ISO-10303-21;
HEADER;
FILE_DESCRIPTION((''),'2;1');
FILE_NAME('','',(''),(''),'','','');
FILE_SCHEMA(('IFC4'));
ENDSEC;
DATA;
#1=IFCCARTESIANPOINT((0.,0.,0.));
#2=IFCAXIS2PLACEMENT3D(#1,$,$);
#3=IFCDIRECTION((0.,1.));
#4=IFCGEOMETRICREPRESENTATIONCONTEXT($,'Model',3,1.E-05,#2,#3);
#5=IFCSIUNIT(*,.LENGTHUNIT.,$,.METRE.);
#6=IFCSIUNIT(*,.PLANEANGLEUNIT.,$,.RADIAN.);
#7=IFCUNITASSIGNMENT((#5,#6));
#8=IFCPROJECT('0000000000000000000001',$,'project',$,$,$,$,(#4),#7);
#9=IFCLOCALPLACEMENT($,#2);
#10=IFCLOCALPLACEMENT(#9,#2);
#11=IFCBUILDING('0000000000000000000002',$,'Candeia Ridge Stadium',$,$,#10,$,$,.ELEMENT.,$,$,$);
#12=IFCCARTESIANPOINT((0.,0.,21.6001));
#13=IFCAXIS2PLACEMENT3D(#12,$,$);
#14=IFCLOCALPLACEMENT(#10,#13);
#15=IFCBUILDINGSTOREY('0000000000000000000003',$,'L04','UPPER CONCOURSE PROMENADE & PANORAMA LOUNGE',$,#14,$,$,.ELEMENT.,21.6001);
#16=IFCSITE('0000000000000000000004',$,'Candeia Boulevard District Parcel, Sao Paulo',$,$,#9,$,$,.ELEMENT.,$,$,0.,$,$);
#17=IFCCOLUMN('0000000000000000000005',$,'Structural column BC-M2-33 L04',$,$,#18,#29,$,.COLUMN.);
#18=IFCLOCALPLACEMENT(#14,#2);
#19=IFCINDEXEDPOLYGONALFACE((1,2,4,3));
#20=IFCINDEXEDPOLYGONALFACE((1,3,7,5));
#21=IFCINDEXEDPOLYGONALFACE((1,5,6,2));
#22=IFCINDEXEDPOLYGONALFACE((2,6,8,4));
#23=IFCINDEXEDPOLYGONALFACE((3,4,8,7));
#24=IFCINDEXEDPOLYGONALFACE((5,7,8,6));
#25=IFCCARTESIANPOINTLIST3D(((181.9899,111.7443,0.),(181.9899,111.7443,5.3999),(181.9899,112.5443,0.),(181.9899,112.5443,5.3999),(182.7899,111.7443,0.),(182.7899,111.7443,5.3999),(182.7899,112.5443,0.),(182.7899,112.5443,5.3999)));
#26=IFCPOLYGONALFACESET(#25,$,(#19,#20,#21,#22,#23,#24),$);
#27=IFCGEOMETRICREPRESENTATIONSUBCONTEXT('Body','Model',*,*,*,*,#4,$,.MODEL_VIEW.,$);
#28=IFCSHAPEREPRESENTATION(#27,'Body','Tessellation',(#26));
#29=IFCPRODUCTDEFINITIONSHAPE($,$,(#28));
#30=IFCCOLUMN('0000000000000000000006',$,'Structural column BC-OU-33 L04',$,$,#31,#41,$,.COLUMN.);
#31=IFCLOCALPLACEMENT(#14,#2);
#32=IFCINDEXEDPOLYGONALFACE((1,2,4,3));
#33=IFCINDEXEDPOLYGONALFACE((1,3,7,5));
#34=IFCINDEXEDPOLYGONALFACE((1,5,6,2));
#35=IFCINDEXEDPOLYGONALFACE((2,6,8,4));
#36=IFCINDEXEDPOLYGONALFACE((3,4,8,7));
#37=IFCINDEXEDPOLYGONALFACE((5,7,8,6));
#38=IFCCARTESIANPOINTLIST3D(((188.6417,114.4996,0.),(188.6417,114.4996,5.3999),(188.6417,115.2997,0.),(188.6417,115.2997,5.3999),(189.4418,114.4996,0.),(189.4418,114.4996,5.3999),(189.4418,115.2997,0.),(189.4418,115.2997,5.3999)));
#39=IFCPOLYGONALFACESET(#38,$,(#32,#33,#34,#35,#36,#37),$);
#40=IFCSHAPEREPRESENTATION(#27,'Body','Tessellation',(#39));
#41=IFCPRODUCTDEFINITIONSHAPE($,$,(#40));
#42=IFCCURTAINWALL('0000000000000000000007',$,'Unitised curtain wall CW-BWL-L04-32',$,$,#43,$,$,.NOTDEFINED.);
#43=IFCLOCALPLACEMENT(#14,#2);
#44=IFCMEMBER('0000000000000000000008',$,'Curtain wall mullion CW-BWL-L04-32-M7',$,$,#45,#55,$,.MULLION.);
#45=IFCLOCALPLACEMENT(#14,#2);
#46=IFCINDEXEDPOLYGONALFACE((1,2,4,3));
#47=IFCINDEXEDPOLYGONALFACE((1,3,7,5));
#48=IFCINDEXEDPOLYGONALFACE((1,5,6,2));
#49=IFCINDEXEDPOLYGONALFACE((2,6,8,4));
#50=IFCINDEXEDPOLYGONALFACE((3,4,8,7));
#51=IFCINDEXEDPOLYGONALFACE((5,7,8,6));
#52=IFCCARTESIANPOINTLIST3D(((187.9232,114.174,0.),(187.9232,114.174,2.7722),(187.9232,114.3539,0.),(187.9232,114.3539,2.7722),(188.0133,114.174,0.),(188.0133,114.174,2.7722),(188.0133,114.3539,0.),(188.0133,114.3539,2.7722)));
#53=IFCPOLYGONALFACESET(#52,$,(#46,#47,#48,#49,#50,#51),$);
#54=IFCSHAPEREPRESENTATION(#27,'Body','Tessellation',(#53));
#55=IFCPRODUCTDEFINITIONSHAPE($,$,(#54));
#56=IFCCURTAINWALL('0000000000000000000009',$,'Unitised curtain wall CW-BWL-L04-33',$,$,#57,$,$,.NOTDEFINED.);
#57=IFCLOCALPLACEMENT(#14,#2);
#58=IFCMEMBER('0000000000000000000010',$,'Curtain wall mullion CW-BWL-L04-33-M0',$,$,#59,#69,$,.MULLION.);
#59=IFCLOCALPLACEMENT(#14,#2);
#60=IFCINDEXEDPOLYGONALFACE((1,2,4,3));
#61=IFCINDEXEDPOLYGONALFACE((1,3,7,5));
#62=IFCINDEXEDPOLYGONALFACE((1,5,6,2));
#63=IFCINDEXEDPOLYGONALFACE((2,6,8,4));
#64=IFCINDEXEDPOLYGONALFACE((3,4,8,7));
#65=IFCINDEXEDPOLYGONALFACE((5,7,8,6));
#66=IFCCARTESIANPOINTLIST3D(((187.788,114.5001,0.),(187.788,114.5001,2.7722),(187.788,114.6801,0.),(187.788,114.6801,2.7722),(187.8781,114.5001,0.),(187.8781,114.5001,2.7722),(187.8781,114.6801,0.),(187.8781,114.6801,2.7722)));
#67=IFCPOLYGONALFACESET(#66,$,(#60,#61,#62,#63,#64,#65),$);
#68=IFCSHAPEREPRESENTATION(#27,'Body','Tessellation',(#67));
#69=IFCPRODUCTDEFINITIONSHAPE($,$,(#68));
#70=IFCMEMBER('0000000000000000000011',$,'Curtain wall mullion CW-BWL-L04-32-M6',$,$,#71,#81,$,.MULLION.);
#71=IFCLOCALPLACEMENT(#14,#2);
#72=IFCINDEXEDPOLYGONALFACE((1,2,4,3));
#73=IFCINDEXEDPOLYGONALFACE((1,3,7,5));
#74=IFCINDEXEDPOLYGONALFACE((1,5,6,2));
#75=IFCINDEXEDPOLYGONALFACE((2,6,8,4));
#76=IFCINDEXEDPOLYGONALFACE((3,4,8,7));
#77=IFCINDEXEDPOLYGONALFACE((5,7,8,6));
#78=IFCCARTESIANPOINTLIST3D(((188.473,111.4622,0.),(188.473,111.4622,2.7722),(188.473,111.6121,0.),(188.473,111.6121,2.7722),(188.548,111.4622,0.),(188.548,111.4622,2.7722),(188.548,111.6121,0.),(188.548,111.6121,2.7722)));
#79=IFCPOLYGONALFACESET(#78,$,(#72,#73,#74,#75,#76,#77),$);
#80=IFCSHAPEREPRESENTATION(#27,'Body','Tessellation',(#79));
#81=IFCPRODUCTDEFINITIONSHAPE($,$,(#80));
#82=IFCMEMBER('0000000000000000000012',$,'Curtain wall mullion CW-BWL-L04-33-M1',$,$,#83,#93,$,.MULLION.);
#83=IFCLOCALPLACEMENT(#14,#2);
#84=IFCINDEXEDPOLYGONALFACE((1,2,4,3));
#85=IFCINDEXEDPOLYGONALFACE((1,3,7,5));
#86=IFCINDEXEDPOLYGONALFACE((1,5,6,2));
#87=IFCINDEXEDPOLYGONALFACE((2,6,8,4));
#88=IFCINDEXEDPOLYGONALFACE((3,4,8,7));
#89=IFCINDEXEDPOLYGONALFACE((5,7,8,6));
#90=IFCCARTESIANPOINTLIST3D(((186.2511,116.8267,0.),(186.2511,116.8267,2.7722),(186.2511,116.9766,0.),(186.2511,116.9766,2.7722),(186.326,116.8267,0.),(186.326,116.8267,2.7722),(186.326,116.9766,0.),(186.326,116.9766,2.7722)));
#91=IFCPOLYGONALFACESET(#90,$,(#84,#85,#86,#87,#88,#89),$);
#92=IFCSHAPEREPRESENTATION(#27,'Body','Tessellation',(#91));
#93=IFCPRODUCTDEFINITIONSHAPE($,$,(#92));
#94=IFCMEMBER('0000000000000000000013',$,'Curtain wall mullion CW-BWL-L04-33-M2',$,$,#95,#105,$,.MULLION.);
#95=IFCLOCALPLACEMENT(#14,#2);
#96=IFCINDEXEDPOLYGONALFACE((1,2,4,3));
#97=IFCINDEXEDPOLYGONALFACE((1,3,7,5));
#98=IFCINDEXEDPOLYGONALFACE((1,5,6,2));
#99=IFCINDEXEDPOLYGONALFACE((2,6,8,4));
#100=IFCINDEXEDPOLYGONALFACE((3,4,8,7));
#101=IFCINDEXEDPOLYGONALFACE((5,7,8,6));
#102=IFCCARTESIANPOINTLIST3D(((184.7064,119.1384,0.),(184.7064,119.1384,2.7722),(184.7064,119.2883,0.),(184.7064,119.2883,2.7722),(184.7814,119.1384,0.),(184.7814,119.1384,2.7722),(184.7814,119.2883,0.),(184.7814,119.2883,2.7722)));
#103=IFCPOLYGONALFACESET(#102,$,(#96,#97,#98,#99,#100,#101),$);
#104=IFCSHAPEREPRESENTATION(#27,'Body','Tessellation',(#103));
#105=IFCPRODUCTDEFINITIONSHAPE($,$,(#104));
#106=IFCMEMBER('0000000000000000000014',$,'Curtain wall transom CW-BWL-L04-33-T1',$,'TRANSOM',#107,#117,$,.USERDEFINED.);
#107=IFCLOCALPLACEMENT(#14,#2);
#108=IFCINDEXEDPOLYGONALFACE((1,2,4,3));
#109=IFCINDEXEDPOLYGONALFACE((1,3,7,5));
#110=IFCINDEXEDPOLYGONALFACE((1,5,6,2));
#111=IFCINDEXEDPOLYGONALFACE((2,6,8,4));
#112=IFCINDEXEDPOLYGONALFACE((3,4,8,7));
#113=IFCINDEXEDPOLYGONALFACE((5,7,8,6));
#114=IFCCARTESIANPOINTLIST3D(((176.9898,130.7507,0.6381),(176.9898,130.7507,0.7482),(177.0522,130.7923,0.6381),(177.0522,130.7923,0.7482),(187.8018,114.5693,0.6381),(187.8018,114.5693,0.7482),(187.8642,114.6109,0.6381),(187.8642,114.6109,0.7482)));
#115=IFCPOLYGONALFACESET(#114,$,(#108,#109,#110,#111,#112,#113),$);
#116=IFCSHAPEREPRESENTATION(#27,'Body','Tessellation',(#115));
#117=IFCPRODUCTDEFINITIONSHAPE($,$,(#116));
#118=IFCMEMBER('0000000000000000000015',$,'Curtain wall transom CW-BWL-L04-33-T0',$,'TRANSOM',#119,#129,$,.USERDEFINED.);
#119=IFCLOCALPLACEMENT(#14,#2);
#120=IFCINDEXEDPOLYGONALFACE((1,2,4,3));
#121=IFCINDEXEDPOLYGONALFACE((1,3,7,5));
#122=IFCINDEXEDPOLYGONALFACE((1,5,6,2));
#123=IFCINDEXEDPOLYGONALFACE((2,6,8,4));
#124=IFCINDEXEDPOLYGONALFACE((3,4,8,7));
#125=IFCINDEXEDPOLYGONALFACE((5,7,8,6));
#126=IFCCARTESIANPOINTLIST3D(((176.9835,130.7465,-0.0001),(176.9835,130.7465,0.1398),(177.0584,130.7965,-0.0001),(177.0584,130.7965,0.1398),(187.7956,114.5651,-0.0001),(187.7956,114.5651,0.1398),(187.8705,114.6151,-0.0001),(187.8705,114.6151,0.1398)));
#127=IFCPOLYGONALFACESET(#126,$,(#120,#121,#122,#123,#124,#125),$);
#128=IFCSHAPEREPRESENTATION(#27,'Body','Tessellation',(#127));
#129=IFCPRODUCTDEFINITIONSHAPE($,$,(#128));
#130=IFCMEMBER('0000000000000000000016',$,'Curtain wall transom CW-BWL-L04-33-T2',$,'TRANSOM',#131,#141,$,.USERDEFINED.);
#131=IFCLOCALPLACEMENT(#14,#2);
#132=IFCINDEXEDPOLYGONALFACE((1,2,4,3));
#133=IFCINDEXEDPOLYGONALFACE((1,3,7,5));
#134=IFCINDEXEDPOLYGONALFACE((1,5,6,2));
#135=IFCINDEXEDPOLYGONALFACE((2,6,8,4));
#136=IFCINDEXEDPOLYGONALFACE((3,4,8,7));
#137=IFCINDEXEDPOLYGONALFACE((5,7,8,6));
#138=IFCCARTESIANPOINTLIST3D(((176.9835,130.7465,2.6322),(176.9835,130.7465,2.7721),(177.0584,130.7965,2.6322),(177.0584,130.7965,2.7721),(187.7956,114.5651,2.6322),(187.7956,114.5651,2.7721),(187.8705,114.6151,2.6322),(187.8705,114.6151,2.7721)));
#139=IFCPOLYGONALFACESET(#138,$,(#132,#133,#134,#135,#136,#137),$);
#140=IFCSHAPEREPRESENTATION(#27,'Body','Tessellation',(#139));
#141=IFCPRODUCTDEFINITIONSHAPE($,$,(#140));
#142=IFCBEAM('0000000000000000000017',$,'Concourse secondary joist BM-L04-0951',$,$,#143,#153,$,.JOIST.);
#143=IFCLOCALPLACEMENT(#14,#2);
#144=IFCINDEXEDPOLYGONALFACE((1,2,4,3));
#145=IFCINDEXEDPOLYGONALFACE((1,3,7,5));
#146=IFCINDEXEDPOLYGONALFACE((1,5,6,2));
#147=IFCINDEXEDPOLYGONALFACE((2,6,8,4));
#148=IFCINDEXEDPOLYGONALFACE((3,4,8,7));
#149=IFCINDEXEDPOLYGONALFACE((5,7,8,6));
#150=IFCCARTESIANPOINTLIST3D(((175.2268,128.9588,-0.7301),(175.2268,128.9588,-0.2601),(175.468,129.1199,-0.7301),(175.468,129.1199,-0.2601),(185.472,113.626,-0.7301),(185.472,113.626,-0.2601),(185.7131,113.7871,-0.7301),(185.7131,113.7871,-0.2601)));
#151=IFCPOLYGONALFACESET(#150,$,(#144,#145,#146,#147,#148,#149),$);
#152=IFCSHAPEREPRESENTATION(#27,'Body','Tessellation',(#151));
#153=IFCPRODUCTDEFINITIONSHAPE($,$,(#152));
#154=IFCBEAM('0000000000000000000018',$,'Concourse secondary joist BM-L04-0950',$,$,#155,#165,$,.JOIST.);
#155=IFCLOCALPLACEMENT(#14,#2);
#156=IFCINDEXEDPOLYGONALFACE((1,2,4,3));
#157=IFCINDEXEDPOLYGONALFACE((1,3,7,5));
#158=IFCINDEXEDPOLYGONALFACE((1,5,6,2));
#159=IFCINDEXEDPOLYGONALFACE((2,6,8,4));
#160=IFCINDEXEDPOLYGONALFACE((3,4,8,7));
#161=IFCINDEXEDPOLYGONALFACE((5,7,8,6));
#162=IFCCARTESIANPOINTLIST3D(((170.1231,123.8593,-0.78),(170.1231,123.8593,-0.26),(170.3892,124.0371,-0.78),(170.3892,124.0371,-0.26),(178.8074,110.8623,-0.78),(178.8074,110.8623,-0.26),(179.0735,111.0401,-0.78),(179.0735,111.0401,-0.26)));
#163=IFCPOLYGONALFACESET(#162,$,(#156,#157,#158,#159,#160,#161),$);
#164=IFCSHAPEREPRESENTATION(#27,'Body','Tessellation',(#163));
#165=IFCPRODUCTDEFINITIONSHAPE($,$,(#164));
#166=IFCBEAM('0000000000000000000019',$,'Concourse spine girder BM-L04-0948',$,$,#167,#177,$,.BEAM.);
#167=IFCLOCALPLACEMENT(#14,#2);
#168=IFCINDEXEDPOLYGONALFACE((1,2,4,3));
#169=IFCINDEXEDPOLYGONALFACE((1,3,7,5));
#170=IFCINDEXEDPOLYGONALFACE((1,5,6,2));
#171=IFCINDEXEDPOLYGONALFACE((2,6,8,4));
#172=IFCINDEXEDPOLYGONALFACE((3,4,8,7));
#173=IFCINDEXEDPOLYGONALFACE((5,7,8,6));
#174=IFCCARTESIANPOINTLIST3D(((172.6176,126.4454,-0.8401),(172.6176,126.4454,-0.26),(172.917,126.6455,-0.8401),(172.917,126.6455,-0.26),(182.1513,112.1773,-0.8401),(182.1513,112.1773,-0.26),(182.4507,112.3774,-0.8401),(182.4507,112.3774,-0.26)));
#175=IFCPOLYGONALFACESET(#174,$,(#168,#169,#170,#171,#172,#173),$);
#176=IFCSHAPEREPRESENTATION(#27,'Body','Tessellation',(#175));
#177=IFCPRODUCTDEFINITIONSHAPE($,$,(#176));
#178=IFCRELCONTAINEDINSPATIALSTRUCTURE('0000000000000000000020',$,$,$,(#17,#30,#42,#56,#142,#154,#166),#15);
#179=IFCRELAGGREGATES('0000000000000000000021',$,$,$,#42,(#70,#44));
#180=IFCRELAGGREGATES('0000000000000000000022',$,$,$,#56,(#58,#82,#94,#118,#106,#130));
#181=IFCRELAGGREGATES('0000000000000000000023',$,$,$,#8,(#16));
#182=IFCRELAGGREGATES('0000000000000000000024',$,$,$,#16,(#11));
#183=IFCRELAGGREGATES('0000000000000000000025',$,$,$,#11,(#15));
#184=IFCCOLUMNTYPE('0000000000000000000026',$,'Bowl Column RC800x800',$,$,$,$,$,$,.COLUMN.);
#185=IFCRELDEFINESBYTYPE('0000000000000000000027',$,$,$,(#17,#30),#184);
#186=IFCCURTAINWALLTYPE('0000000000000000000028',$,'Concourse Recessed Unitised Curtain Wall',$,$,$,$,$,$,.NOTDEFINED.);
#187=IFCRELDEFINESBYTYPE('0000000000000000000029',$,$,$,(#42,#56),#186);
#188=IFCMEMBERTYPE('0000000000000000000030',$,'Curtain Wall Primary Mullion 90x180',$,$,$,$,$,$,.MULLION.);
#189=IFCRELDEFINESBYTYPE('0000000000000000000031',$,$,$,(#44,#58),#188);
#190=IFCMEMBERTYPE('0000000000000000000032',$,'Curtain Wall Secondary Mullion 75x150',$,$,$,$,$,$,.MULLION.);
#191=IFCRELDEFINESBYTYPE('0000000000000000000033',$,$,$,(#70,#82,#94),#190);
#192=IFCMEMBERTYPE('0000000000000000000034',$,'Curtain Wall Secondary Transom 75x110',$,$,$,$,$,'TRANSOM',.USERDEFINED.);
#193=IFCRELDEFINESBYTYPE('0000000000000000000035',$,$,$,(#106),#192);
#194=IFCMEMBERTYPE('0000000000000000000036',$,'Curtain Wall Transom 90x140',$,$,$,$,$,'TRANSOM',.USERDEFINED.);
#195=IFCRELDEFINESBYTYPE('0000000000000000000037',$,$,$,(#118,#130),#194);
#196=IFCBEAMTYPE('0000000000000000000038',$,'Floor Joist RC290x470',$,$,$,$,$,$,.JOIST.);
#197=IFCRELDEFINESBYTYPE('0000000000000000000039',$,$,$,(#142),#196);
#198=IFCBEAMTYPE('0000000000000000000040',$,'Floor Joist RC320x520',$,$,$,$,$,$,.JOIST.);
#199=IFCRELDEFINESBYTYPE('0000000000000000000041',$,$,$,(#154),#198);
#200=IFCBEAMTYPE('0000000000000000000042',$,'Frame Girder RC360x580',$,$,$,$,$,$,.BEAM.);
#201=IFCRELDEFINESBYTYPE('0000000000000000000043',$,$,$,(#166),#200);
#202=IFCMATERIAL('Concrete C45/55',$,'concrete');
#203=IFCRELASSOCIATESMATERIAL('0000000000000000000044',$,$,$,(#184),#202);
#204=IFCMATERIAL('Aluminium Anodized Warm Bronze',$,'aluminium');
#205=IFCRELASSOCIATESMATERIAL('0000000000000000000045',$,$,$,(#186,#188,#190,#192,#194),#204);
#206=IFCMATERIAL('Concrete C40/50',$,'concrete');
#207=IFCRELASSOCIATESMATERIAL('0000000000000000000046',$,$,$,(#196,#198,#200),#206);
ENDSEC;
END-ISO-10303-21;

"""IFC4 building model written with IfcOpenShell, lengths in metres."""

from ifc_helpers import new_model, si_unit, direction, frame, origin, origin_2d, place, context, subcontext, project, spatial, rectangle, extrude, material, material_profile, profile_set, type_object, element, aggregate, save


model = new_model("IFC4")

# Units and contexts
model_context = context("Model", 3, precision=1e-05, world=origin(), true_north=direction((0.0, 1.0)))
body_context = subcontext(model_context, "Body", "Model", "MODEL_VIEW")
ifc_project = project(units=[si_unit("LENGTHUNIT", "METRE"), si_unit("PLANEANGLEUNIT", "RADIAN")], contexts=[model_context])

# Site, building, storey
site_placement = place(None, origin())
site = spatial("IfcSite", under=ifc_project, at=site_placement, Name="Candeia Boulevard District Parcel, Sao Paulo", CompositionType="ELEMENT", RefElevation=0.0)
building_placement = place(site_placement, origin())
building = spatial("IfcBuilding", under=site, at=building_placement, Name="Candeia Ridge Stadium", CompositionType="ELEMENT")
storey_placement = place(building_placement, frame((0.0, 0.0, 21.6001)))
storey = spatial("IfcBuildingStorey", under=building, at=storey_placement, Name="L04", Description="UPPER CONCOURSE PROMENADE & PANORAMA LOUNGE", CompositionType="ELEMENT", Elevation=21.6001)

# Columns
ifc_material_1 = material(Name="Concrete C45/55", Category="concrete")
ifc_material_profile_1 = material_profile(ifc_material_1, rectangle(XDim=0.8, YDim=0.8, at=origin_2d()), Name="RC800x800", Category="concrete")
ifc_profile_set_1 = profile_set([ifc_material_profile_1], Name="Concrete C45/55")
column_type = type_object("IfcColumnType", Name="Bowl Column RC800x800", PredefinedType="COLUMN", material=ifc_profile_set_1)
for number, where, z_axis, x_axis, name in (
    (1, (182.3899, 112.1443, 0.0), (0.0, 0.0, 1.0), (1.0, 0.0, 0.0), "Structural column BC-M2-33 L04"),
    (2, (189.0417, 114.8997, 0.0), (0.0, 0.0, 1.0), (1.0, 0.0, 0.0), "Structural column BC-OU-33 L04"),
):
    element("IfcColumn", number, at=place(storey_placement, frame(where, z_axis=z_axis, x_axis=x_axis)), inside=storey, type_object=column_type, Name=name, PredefinedType="COLUMN", context=body_context, shape_type="SweptSolid", body=[
        extrude(rectangle(XDim=0.8, YDim=0.8, at=origin_2d()), origin(), (0.0, 0.0, 1.0), 5.3999),
    ])

# Curtain walls, members
ifc_material_2 = material(Name="Aluminium Anodized Warm Bronze", Category="aluminium")
curtain_wall_type = type_object("IfcCurtainWallType", Name="Concourse Recessed Unitised Curtain Wall", PredefinedType="NOTDEFINED", material=ifc_material_2)
curtain_wall_1_placement = place(storey_placement, origin())
curtain_wall_1 = element("IfcCurtainWall", 3, at=curtain_wall_1_placement, inside=storey, type_object=curtain_wall_type, Name="Unitised curtain wall CW-BWL-L04-32", PredefinedType="NOTDEFINED")
ifc_material_profile_2 = material_profile(ifc_material_2, rectangle(XDim=0.0901, YDim=0.1799, at=origin_2d()), Name="CWM-90x180", Category="aluminium")
ifc_profile_set_2 = profile_set([ifc_material_profile_2], Name="Aluminium Anodized Warm Bronze")
member_type_1 = type_object("IfcMemberType", Name="Curtain Wall Primary Mullion 90x180", PredefinedType="MULLION", material=ifc_profile_set_2)
member_1_placement = place(storey_placement, frame((187.9683, 114.2639, 0.0), z_axis=(0.0, 0.0, 1.0), x_axis=(1.0, 0.0, 0.0)))
member_1 = element("IfcMember", 4, at=member_1_placement, type_object=member_type_1, Name="Curtain wall mullion CW-BWL-L04-32-M7", PredefinedType="MULLION", context=body_context, shape_type="SweptSolid", body=[
    extrude(rectangle(XDim=0.0901, YDim=0.1799, at=origin_2d()), origin(), (0.0, 0.0, 1.0), 2.7722),
])
curtain_wall_2_placement = place(storey_placement, origin())
curtain_wall_2 = element("IfcCurtainWall", 5, at=curtain_wall_2_placement, inside=storey, type_object=curtain_wall_type, Name="Unitised curtain wall CW-BWL-L04-33", PredefinedType="NOTDEFINED")
member_2_placement = place(storey_placement, frame((187.833, 114.5901, 0.0), z_axis=(0.0, 0.0, 1.0), x_axis=(1.0, 0.0, 0.0)))
member_2 = element("IfcMember", 6, at=member_2_placement, type_object=member_type_1, Name="Curtain wall mullion CW-BWL-L04-33-M0", PredefinedType="MULLION", context=body_context, shape_type="SweptSolid", body=[
    extrude(rectangle(XDim=0.0901, YDim=0.1799, at=origin_2d()), origin(), (0.0, 0.0, 1.0), 2.7722),
])

# Members
ifc_material_profile_3 = material_profile(ifc_material_2, rectangle(XDim=0.075, YDim=0.1499, at=origin_2d()), Name="CWM-75x150", Category="aluminium")
ifc_profile_set_3 = profile_set([ifc_material_profile_3], Name="Aluminium Anodized Warm Bronze")
member_type_2 = type_object("IfcMemberType", Name="Curtain Wall Secondary Mullion 75x150", PredefinedType="MULLION", material=ifc_profile_set_3)
member_3_placement = place(storey_placement, frame((188.5105, 111.5371, 0.0), z_axis=(0.0, 0.0, 1.0), x_axis=(1.0, 0.0, 0.0)))
member_3 = element("IfcMember", 7, at=member_3_placement, type_object=member_type_2, Name="Curtain wall mullion CW-BWL-L04-32-M6", PredefinedType="MULLION", context=body_context, shape_type="SweptSolid", body=[
    extrude(rectangle(XDim=0.075, YDim=0.1499, at=origin_2d()), origin(), (0.0, 0.0, 1.0), 2.7722),
])
member_4_placement = place(storey_placement, frame((186.2886, 116.9016, 0.0), z_axis=(0.0, 0.0, 1.0), x_axis=(1.0, 0.0, 0.0)))
member_4 = element("IfcMember", 8, at=member_4_placement, type_object=member_type_2, Name="Curtain wall mullion CW-BWL-L04-33-M1", PredefinedType="MULLION", context=body_context, shape_type="SweptSolid", body=[
    extrude(rectangle(XDim=0.075, YDim=0.1499, at=origin_2d()), origin(), (0.0, 0.0, 1.0), 2.7722),
])
member_5_placement = place(storey_placement, frame((184.7439, 119.2134, 0.0), z_axis=(0.0, 0.0, 1.0), x_axis=(1.0, 0.0, 0.0)))
member_5 = element("IfcMember", 9, at=member_5_placement, type_object=member_type_2, Name="Curtain wall mullion CW-BWL-L04-33-M2", PredefinedType="MULLION", context=body_context, shape_type="SweptSolid", body=[
    extrude(rectangle(XDim=0.075, YDim=0.1499, at=origin_2d()), origin(), (0.0, 0.0, 1.0), 2.7722),
])
ifc_material_profile_4 = material_profile(ifc_material_2, rectangle(XDim=0.075, YDim=0.1101, at=origin_2d()), Name="CWT-75x110", Category="aluminium")
ifc_profile_set_4 = profile_set([ifc_material_profile_4], Name="Aluminium Anodized Warm Bronze")
member_type_3 = type_object("IfcMemberType", Name="Curtain Wall Secondary Transom 75x110", ElementType="TRANSOM", PredefinedType="USERDEFINED", material=ifc_profile_set_4)
member_6_placement = place(storey_placement, frame((187.833, 114.5901, 0.6931), z_axis=(-0.555568, 0.831471, 0.0), x_axis=(-0.831471, -0.555568, 0.0)))
member_6 = element("IfcMember", 10, at=member_6_placement, type_object=member_type_3, Name="Curtain wall transom CW-BWL-L04-33-T1", ObjectType="TRANSOM", PredefinedType="USERDEFINED", context=body_context, shape_type="SweptSolid", body=[
    extrude(rectangle(XDim=0.075, YDim=0.1101, at=origin_2d()), origin(), (0.0, 0.0, 1.0), 19.4612),
])
ifc_material_profile_5 = material_profile(ifc_material_2, rectangle(XDim=0.0901, YDim=0.1399, at=origin_2d()), Name="CWT-90x140", Category="aluminium")
ifc_profile_set_5 = profile_set([ifc_material_profile_5], Name="Aluminium Anodized Warm Bronze")
member_type_4 = type_object("IfcMemberType", Name="Curtain Wall Transom 90x140", ElementType="TRANSOM", PredefinedType="USERDEFINED", material=ifc_profile_set_5)
member_7_placement = place(storey_placement, frame((187.833, 114.5901, 0.0698), z_axis=(-0.555568, 0.831471, 0.0), x_axis=(-0.831471, -0.555568, 0.0)))
member_7 = element("IfcMember", 11, at=member_7_placement, type_object=member_type_4, Name="Curtain wall transom CW-BWL-L04-33-T0", ObjectType="TRANSOM", PredefinedType="USERDEFINED", context=body_context, shape_type="SweptSolid", body=[
    extrude(rectangle(XDim=0.0901, YDim=0.1399, at=origin_2d()), origin(), (0.0, 0.0, 1.0), 19.4612),
])
member_8_placement = place(storey_placement, frame((187.833, 114.5901, 2.7021), z_axis=(-0.555568, 0.831471, 0.0), x_axis=(-0.831471, -0.555568, 0.0)))
member_8 = element("IfcMember", 12, at=member_8_placement, type_object=member_type_4, Name="Curtain wall transom CW-BWL-L04-33-T2", ObjectType="TRANSOM", PredefinedType="USERDEFINED", context=body_context, shape_type="SweptSolid", body=[
    extrude(rectangle(XDim=0.0901, YDim=0.1399, at=origin_2d()), origin(), (0.0, 0.0, 1.0), 19.4612),
])

# Beams
ifc_material_3 = material(Name="Concrete C40/50", Category="concrete")
ifc_material_profile_6 = material_profile(ifc_material_3, rectangle(XDim=0.29, YDim=0.47, at=origin_2d()), Name="RC290x470", Category="concrete")
ifc_profile_set_6 = profile_set([ifc_material_profile_6], Name="Concrete C40/50")
beam_type_1 = type_object("IfcBeamType", Name="Floor Joist RC290x470", PredefinedType="JOIST", material=ifc_profile_set_6)
beam_1_placement = place(storey_placement, frame((185.5925, 113.7065, -0.4951), z_axis=(-0.555574, 0.831467, 0.0), x_axis=(-0.831467, -0.555574, 0.0)))
element("IfcBeam", 13, at=beam_1_placement, inside=storey, type_object=beam_type_1, Name="Concourse secondary joist BM-L04-0951", PredefinedType="JOIST", context=body_context, shape_type="SweptSolid", body=[
    extrude(rectangle(XDim=0.29, YDim=0.47, at=origin_2d()), origin(), (0.0, 0.0, 1.0), 18.4407),
])
ifc_material_profile_7 = material_profile(ifc_material_3, rectangle(XDim=0.3201, YDim=0.52, at=origin_2d()), Name="RC320x520", Category="concrete")
ifc_profile_set_7 = profile_set([ifc_material_profile_7], Name="Concrete C40/50")
beam_type_2 = type_object("IfcBeamType", Name="Floor Joist RC320x520", PredefinedType="JOIST", material=ifc_profile_set_7)
beam_2_placement = place(storey_placement, frame((178.9404, 110.9512, -0.52), z_axis=(-0.555569, 0.831471, 0.0), x_axis=(-0.831471, -0.555569, 0.0)))
element("IfcBeam", 14, at=beam_2_placement, inside=storey, type_object=beam_type_2, Name="Concourse secondary joist BM-L04-0950", PredefinedType="JOIST", context=body_context, shape_type="SweptSolid", body=[
    extrude(rectangle(XDim=0.3201, YDim=0.52, at=origin_2d()), origin(), (0.0, 0.0, 1.0), 15.6313),
])
ifc_material_profile_8 = material_profile(ifc_material_3, rectangle(XDim=0.3601, YDim=0.5801, at=origin_2d()), Name="RC360x580", Category="concrete")
ifc_profile_set_8 = profile_set([ifc_material_profile_8], Name="Concrete C40/50")
beam_type_3 = type_object("IfcBeamType", Name="Frame Girder RC360x580", PredefinedType="BEAM", material=ifc_profile_set_8)
beam_3_placement = place(storey_placement, frame((182.301, 112.2773, -0.55), z_axis=(-0.555573, 0.831468, 0.0), x_axis=(-0.831468, -0.555573, 0.0)))
element("IfcBeam", 15, at=beam_3_placement, inside=storey, type_object=beam_type_3, Name="Concourse spine girder BM-L04-0948", PredefinedType="BEAM", context=body_context, shape_type="SweptSolid", body=[
    extrude(rectangle(XDim=0.3601, YDim=0.5801, at=origin_2d()), origin(), (0.0, 0.0, 1.0), 17.1602),
])

aggregate(curtain_wall_1, [member_3, member_1])
aggregate(curtain_wall_2, [member_2, member_4, member_5, member_7, member_6, member_8])

save(model, "model.ifc")
